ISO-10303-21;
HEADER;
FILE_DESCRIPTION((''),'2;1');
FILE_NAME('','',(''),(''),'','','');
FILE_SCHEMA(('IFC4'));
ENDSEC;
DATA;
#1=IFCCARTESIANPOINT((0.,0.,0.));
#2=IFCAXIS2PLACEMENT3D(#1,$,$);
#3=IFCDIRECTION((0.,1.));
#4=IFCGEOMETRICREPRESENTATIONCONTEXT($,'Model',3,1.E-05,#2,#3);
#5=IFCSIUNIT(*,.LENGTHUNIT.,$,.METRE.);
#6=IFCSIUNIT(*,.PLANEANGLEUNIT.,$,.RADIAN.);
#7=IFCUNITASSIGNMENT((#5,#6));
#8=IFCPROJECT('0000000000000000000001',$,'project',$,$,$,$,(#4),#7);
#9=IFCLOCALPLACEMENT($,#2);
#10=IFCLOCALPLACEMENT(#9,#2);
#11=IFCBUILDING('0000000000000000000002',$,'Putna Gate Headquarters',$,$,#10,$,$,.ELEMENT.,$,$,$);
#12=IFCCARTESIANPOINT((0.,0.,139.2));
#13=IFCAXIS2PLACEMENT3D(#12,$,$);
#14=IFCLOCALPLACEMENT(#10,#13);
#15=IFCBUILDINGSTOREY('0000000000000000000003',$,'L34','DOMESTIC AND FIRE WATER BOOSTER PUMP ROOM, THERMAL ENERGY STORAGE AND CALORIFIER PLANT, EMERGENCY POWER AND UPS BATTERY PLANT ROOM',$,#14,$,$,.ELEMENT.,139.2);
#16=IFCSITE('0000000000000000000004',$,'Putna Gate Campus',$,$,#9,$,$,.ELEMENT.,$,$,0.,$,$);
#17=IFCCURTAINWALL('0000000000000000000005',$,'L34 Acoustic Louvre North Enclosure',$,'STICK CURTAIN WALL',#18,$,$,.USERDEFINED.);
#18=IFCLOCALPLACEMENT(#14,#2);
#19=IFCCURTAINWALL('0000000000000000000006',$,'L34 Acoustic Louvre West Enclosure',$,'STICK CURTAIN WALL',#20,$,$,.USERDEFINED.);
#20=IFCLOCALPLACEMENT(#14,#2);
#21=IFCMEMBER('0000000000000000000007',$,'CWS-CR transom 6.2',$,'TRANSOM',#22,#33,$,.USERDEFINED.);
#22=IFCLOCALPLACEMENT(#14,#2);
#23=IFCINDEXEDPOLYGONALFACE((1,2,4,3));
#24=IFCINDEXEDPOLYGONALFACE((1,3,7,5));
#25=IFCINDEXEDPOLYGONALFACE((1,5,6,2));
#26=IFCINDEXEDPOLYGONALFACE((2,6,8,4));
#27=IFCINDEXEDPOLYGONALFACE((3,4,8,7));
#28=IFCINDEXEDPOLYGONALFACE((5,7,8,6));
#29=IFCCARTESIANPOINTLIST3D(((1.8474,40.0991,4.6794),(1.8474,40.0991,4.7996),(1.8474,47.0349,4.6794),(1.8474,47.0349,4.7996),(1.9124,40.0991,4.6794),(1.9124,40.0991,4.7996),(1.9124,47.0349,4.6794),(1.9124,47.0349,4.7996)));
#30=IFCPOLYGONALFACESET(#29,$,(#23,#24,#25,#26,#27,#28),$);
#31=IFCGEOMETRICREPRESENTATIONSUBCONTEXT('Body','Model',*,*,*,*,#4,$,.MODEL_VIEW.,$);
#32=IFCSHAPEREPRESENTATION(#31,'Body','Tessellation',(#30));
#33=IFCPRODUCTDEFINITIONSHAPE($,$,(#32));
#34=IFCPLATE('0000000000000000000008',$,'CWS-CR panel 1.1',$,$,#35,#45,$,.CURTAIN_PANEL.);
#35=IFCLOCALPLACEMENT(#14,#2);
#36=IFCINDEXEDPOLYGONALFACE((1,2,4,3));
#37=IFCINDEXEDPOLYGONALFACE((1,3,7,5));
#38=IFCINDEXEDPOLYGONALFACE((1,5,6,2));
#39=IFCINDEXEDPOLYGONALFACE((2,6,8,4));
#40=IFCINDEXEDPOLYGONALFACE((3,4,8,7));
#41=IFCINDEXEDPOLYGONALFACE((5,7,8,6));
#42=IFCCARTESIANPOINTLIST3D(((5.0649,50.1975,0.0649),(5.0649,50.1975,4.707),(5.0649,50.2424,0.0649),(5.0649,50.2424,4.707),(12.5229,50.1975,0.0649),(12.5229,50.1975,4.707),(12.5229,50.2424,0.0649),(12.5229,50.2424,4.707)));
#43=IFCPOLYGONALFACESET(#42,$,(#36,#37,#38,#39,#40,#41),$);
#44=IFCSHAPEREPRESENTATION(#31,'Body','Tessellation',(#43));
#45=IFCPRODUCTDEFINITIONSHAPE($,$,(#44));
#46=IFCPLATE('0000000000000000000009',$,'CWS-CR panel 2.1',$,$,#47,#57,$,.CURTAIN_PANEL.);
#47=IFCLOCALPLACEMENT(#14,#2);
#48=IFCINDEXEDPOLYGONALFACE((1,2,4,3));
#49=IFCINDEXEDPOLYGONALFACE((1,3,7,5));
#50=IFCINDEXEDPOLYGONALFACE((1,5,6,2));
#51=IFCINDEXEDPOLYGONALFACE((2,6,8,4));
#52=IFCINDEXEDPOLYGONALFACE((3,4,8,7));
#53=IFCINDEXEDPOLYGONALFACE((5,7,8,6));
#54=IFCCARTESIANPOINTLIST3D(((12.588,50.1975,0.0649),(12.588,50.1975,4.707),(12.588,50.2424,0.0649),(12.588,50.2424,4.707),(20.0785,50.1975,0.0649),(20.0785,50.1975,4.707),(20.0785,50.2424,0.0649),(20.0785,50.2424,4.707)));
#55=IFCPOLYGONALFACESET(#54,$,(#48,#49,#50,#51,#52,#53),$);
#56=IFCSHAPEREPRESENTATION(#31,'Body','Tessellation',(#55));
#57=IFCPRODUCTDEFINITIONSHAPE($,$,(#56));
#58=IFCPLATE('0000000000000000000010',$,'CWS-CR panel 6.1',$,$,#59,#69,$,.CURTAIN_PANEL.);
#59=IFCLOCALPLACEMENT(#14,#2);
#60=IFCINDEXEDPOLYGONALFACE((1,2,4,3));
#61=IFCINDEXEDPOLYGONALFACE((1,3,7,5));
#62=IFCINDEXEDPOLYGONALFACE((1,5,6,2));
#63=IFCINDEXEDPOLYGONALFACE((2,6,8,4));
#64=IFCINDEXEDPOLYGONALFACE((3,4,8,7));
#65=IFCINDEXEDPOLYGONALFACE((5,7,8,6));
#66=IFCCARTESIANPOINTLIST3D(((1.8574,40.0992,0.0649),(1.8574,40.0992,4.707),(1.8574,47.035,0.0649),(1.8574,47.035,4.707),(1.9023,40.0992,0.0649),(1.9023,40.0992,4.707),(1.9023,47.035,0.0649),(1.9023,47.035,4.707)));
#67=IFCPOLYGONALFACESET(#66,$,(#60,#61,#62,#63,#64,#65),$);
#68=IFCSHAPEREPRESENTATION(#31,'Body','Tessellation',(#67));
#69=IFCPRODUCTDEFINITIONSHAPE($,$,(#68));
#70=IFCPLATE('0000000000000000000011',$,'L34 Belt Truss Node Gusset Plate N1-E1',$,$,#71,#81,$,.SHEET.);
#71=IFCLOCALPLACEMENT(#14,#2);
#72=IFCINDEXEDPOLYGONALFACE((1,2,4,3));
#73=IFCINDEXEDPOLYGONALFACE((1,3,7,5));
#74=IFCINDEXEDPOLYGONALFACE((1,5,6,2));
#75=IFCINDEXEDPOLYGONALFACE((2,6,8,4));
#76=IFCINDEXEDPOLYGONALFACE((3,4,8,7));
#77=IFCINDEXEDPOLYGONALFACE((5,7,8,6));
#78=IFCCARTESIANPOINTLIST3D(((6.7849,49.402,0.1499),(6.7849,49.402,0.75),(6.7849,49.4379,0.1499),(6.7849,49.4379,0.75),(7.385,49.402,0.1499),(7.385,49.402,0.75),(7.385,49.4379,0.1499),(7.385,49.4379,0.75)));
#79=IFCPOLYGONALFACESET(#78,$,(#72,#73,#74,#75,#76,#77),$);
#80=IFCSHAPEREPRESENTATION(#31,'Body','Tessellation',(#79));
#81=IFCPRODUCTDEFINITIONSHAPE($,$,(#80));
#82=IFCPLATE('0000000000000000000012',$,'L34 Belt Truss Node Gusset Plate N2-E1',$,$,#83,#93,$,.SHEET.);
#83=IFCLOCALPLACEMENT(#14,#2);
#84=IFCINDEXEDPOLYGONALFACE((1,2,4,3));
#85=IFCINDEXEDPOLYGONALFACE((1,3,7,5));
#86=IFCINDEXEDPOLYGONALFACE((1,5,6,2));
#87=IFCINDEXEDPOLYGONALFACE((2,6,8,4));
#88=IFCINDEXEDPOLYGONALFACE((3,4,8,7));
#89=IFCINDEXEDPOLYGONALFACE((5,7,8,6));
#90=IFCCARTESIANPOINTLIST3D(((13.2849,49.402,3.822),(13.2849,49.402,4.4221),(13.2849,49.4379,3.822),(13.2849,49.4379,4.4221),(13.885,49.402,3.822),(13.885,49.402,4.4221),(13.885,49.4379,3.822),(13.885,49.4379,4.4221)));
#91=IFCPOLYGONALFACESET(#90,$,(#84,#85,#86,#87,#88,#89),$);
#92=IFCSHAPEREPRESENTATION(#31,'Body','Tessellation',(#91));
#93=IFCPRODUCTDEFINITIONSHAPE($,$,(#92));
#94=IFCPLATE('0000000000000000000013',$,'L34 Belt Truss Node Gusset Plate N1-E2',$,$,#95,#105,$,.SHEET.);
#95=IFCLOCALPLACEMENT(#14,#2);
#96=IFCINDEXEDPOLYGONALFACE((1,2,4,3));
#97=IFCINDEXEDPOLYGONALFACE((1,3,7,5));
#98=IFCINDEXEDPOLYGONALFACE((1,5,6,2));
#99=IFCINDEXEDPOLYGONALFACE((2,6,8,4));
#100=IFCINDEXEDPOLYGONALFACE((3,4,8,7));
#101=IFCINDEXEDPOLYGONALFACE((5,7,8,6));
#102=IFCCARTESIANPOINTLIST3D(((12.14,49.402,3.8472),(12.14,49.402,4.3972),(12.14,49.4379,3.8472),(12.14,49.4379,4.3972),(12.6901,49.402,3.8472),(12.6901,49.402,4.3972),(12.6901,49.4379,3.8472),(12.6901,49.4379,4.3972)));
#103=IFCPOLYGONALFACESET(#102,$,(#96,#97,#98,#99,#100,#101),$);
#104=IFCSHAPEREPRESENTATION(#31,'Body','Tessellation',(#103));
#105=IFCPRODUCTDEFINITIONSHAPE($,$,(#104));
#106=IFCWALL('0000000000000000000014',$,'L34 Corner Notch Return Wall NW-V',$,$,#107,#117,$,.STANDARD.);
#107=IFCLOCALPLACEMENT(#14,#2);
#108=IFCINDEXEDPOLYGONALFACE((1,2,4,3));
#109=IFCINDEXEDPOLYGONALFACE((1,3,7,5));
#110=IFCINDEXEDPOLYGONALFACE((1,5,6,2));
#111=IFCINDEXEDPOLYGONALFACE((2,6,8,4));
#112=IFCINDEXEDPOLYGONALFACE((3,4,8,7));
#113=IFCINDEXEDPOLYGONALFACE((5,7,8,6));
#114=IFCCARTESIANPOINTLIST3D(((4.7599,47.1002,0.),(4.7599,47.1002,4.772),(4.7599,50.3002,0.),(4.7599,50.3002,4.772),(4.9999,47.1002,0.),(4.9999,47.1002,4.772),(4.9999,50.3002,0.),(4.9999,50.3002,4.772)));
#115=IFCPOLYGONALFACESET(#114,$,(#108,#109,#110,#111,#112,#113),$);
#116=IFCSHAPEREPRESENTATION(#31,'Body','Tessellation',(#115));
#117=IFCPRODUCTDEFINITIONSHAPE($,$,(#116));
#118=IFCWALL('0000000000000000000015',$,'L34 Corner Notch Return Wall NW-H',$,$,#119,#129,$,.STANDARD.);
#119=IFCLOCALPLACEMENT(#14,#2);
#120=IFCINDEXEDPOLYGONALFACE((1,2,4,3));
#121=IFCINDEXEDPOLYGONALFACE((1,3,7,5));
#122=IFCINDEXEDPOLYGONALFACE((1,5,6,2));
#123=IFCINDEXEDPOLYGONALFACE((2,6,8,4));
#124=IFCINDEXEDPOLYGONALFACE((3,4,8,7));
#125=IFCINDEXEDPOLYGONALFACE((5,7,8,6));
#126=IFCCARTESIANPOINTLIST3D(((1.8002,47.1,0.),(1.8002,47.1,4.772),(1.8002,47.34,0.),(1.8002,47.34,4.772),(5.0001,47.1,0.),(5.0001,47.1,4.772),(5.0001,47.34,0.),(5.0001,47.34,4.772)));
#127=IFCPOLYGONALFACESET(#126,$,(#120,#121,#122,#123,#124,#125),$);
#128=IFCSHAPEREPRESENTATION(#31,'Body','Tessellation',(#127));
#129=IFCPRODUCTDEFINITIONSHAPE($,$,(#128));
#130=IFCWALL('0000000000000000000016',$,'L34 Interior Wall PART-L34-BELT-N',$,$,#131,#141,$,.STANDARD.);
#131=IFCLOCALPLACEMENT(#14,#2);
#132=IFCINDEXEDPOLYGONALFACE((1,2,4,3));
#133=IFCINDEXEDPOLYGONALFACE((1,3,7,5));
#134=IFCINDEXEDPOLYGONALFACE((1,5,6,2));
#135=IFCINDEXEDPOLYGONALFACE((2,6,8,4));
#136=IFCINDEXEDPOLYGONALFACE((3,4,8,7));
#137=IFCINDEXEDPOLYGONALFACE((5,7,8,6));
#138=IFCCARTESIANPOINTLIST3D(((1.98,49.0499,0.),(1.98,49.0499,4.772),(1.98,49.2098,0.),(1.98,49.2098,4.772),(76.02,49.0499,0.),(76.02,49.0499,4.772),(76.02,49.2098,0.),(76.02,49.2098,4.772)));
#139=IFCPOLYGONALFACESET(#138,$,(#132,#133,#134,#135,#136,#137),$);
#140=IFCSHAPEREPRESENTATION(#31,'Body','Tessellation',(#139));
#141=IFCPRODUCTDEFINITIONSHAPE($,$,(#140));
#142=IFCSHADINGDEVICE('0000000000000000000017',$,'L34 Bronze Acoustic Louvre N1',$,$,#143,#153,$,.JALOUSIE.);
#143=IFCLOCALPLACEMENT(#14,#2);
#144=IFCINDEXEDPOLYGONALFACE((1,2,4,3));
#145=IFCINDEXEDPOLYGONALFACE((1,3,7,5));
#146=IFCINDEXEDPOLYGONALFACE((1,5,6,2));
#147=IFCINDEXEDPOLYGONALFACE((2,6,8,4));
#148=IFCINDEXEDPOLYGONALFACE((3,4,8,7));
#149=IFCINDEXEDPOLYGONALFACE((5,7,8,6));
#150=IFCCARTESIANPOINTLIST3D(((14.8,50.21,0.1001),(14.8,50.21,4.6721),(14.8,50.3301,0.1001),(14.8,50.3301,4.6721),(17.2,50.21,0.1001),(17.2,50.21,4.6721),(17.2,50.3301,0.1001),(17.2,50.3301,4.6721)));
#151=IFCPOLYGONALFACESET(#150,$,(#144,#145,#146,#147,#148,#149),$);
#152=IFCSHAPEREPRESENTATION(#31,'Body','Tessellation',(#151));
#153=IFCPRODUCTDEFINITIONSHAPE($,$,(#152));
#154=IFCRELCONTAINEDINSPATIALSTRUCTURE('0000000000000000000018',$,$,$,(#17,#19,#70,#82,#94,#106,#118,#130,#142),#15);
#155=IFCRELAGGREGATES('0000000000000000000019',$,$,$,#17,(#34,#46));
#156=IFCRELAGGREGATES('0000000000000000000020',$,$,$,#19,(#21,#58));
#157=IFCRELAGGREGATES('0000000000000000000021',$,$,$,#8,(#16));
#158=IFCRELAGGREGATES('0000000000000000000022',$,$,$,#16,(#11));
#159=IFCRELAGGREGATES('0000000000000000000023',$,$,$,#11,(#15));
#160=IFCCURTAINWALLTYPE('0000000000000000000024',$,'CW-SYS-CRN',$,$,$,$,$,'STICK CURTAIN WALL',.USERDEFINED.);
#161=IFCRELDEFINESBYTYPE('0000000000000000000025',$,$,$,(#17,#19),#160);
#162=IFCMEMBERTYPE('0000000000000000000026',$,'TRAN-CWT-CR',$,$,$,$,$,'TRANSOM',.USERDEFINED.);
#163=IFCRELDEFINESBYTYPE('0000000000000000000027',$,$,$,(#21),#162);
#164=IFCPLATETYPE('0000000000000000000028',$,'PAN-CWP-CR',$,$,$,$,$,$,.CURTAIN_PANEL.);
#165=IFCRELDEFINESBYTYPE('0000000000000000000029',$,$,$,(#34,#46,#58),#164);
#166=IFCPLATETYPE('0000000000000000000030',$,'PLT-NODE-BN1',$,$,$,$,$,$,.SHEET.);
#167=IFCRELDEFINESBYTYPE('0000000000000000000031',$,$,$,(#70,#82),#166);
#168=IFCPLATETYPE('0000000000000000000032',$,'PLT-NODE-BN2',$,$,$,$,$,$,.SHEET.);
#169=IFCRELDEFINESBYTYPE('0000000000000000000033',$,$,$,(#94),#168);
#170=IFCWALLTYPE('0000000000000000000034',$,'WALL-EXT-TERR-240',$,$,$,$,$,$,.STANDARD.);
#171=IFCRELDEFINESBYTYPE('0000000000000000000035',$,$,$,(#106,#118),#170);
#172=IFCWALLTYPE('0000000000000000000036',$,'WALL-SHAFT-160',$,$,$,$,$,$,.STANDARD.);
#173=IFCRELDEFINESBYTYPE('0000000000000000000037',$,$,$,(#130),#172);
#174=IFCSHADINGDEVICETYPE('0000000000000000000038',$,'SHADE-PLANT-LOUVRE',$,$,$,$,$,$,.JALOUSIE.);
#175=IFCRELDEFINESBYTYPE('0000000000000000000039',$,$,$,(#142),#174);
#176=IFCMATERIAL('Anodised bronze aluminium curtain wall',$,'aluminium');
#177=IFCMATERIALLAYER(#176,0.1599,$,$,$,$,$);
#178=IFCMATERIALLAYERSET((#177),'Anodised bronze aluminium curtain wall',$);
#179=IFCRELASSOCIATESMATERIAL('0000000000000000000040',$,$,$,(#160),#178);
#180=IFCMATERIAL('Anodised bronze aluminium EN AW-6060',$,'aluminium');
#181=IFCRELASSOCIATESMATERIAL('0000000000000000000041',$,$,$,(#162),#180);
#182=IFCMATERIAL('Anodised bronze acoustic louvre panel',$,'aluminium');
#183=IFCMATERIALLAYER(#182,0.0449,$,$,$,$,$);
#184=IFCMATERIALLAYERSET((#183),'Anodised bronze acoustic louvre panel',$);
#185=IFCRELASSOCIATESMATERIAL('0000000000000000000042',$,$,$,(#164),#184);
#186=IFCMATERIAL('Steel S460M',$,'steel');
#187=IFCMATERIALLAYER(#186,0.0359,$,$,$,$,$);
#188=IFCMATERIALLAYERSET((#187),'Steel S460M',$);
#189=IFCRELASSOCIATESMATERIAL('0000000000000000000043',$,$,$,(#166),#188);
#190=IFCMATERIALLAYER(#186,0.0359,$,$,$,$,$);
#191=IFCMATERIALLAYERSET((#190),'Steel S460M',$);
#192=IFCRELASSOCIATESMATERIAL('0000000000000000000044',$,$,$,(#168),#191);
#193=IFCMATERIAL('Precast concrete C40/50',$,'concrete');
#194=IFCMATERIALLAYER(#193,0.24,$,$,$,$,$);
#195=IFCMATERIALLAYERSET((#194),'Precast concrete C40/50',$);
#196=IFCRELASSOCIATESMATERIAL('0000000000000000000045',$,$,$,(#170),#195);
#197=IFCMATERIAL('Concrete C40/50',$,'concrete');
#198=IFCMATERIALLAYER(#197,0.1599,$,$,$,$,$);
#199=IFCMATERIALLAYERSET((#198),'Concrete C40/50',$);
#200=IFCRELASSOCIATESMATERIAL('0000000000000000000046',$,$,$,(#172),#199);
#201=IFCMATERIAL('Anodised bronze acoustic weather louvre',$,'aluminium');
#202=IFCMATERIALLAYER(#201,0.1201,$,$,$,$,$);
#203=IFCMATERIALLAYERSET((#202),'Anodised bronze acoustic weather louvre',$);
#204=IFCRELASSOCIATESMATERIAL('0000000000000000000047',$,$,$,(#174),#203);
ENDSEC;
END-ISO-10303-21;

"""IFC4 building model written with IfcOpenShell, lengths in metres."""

from ifc_helpers import new_model, si_unit, direction, frame, frame_2d, origin, origin_2d, place, context, subcontext, project, spatial, rectangle, extrude, material, layer, layer_set, material_profile, profile_set, type_object, element, aggregate, save


model = new_model("IFC4")

# Units and contexts
model_context = context("Model", 3, precision=1e-05, world=origin(), true_north=direction((0.0, 1.0)))
body_context = subcontext(model_context, "Body", "Model", "MODEL_VIEW")
ifc_project = project(units=[si_unit("LENGTHUNIT", "METRE"), si_unit("PLANEANGLEUNIT", "RADIAN")], contexts=[model_context])

# Site, building, storey
site_placement = place(None, origin())
site = spatial("IfcSite", under=ifc_project, at=site_placement, Name="Putna Gate Campus", CompositionType="ELEMENT", RefElevation=0.0)
building_placement = place(site_placement, origin())
building = spatial("IfcBuilding", under=site, at=building_placement, Name="Putna Gate Headquarters", CompositionType="ELEMENT")
storey_placement = place(building_placement, frame((0.0, 0.0, 139.2)))
storey = spatial("IfcBuildingStorey", under=building, at=storey_placement, Name="L34", Description="DOMESTIC AND FIRE WATER BOOSTER PUMP ROOM, THERMAL ENERGY STORAGE AND CALORIFIER PLANT, EMERGENCY POWER AND UPS BATTERY PLANT ROOM", CompositionType="ELEMENT", Elevation=139.2)

# Shared definitions
ifc_material_1 = material(Name="Steel S460M", Category="steel")

# Curtain walls
ifc_material_2 = material(Name="Anodised bronze aluminium curtain wall", Category="aluminium")
ifc_layer_1 = layer(ifc_material_2, 0.1599)
ifc_layer_set_1 = layer_set([ifc_layer_1], Name="Anodised bronze aluminium curtain wall")
curtain_wall_type = type_object("IfcCurtainWallType", Name="CW-SYS-CRN", ElementType="STICK CURTAIN WALL", PredefinedType="USERDEFINED", material=ifc_layer_set_1)
curtain_wall_1_placement = place(storey_placement, origin())
curtain_wall_1 = element("IfcCurtainWall", 1, at=curtain_wall_1_placement, inside=storey, type_object=curtain_wall_type, Name="L34 Acoustic Louvre North Enclosure", ObjectType="STICK CURTAIN WALL", PredefinedType="USERDEFINED")
ifc_material_3 = material(Name="Anodised bronze aluminium EN AW-6060", Category="aluminium")
curtain_wall_2_placement = place(storey_placement, origin())
curtain_wall_2 = element("IfcCurtainWall", 2, at=curtain_wall_2_placement, inside=storey, type_object=curtain_wall_type, Name="L34 Acoustic Louvre West Enclosure", ObjectType="STICK CURTAIN WALL", PredefinedType="USERDEFINED")

# Member
ifc_material_profile_1 = material_profile(ifc_material_3, rectangle(XDim=0.0649, YDim=0.1201, at=origin_2d()), Name="Anodised bronze aluminium EN AW-6060")
ifc_profile_set_1 = profile_set([ifc_material_profile_1], Name="Anodised bronze aluminium EN AW-6060")
member_type_1 = type_object("IfcMemberType", Name="TRAN-CWT-CR", ElementType="TRANSOM", PredefinedType="USERDEFINED", material=ifc_profile_set_1)
member_1_placement = place(storey_placement, frame((1.8799, 40.0991, 4.7395), z_axis=(0.0, 1.0, 0.0), x_axis=(-1.0, 0.0, 0.0)))
member_1 = element("IfcMember", 3, at=member_1_placement, type_object=member_type_1, Name="CWS-CR transom 6.2", ObjectType="TRANSOM", PredefinedType="USERDEFINED", context=body_context, shape_type="SweptSolid", body=[
    extrude(rectangle(XDim=0.0649, YDim=0.1201, at=origin_2d()), origin(), (0.0, 0.0, 1.0), 6.9358),
])

# Plates
ifc_material_4 = material(Name="Anodised bronze acoustic louvre panel", Category="aluminium")
ifc_layer_2 = layer(ifc_material_4, 0.0449)
ifc_layer_set_2 = layer_set([ifc_layer_2], Name="Anodised bronze acoustic louvre panel")
plate_type_1 = type_object("IfcPlateType", Name="PAN-CWP-CR", PredefinedType="CURTAIN_PANEL", material=ifc_layer_set_2)
plate_1_placement = place(storey_placement, frame((8.7939, 50.22, 0.0649), z_axis=(0.0, 0.0, 1.0), x_axis=(1.0, 0.0, 0.0)))
plate_1 = element("IfcPlate", 4, at=plate_1_placement, type_object=plate_type_1, Name="CWS-CR panel 1.1", PredefinedType="CURTAIN_PANEL", context=body_context, shape_type="SweptSolid", body=[
    extrude(rectangle(XDim=7.458, YDim=0.0449, at=origin_2d()), origin(), (0.0, 0.0, 1.0), 4.6421),
])
plate_2_placement = place(storey_placement, frame((16.3333, 50.22, 0.0649), z_axis=(0.0, 0.0, 1.0), x_axis=(1.0, 0.0, 0.0)))
plate_2 = element("IfcPlate", 5, at=plate_2_placement, type_object=plate_type_1, Name="CWS-CR panel 2.1", PredefinedType="CURTAIN_PANEL", context=body_context, shape_type="SweptSolid", body=[
    extrude(rectangle(XDim=7.4905, YDim=0.0449, at=origin_2d()), origin(), (0.0, 0.0, 1.0), 4.6421),
])
aggregate(curtain_wall_1, [plate_1, plate_2])
plate_3_placement = place(storey_placement, frame((1.8799, 43.5671, 0.0649), z_axis=(0.0, 0.0, 1.0), x_axis=(0.0, 1.0, 0.0)))
plate_3 = element("IfcPlate", 6, at=plate_3_placement, type_object=plate_type_1, Name="CWS-CR panel 6.1", PredefinedType="CURTAIN_PANEL", context=body_context, shape_type="SweptSolid", body=[
    extrude(rectangle(XDim=6.9358, YDim=0.0449, at=origin_2d()), origin(), (0.0, 0.0, 1.0), 4.6421),
])
aggregate(curtain_wall_2, [member_1, plate_3])

# Plates
ifc_layer_3 = layer(ifc_material_1, 0.0359)
ifc_layer_set_3 = layer_set([ifc_layer_3], Name="Steel S460M")
plate_type_2 = type_object("IfcPlateType", Name="PLT-NODE-BN1", PredefinedType="SHEET", material=ifc_layer_set_3)
for number, where, z_axis, x_axis, name in (
    (7, (7.085, 49.4199, 0.1499), (0.0, 0.0, 1.0), (1.0, 0.0, 0.0), "L34 Belt Truss Node Gusset Plate N1-E1"),
    (8, (13.585, 49.4199, 3.822), (0.0, 0.0, 1.0), (1.0, 0.0, 0.0), "L34 Belt Truss Node Gusset Plate N2-E1"),
):
    element("IfcPlate", number, at=place(storey_placement, frame(where, z_axis=z_axis, x_axis=x_axis)), inside=storey, type_object=plate_type_2, Name=name, PredefinedType="SHEET", context=body_context, shape_type="SweptSolid", body=[
        extrude(rectangle(XDim=0.6001, YDim=0.0359, at=origin_2d()), origin(), (0.0, 0.0, 1.0), 0.6001),
    ])
ifc_layer_4 = layer(ifc_material_1, 0.0359)
ifc_layer_set_4 = layer_set([ifc_layer_4], Name="Steel S460M")
plate_type_3 = type_object("IfcPlateType", Name="PLT-NODE-BN2", PredefinedType="SHEET", material=ifc_layer_set_4)
plate_4_placement = place(storey_placement, frame((12.415, 49.4199, 3.8472), z_axis=(0.0, 0.0, 1.0), x_axis=(1.0, 0.0, 0.0)))
element("IfcPlate", 9, at=plate_4_placement, inside=storey, type_object=plate_type_3, Name="L34 Belt Truss Node Gusset Plate N1-E2", PredefinedType="SHEET", context=body_context, shape_type="SweptSolid", body=[
    extrude(rectangle(XDim=0.55, YDim=0.0359, at=origin_2d()), origin(), (0.0, 0.0, 1.0), 0.55),
])

# Walls
ifc_material_5 = material(Name="Precast concrete C40/50", Category="concrete")
ifc_layer_5 = layer(ifc_material_5, 0.24)
ifc_layer_set_5 = layer_set([ifc_layer_5], Name="Precast concrete C40/50")
wall_type_1 = type_object("IfcWallType", Name="WALL-EXT-TERR-240", PredefinedType="STANDARD", material=ifc_layer_set_5)
for number, where, z_axis, x_axis, name in (
    (10, (4.8799, 47.1001, 0.0), (0.0, 0.0, 1.0), (0.0, 1.0, 0.0), "L34 Corner Notch Return Wall NW-V"),
    (11, (1.8, 47.22, 0.0), (0.0, 0.0, 1.0), (1.0, 0.0, 0.0), "L34 Corner Notch Return Wall NW-H"),
):
    element("IfcWall", number, at=place(storey_placement, frame(where, z_axis=z_axis, x_axis=x_axis)), inside=storey, type_object=wall_type_1, Name=name, PredefinedType="STANDARD", context=body_context, shape_type="SweptSolid", body=[
        extrude(rectangle(XDim=3.2, YDim=0.24, at=frame_2d((1.6001, 0.0))), origin(), (0.0, 0.0, 1.0), 4.772),
    ])
ifc_material_6 = material(Name="Concrete C40/50", Category="concrete")
ifc_layer_6 = layer(ifc_material_6, 0.1599)
ifc_layer_set_6 = layer_set([ifc_layer_6], Name="Concrete C40/50")
wall_type_2 = type_object("IfcWallType", Name="WALL-SHAFT-160", PredefinedType="STANDARD", material=ifc_layer_set_6)
wall_placement = place(storey_placement, frame((1.98, 49.1299, 0.0), z_axis=(0.0, 0.0, 1.0), x_axis=(1.0, 0.0, 0.0)))
element("IfcWall", 12, at=wall_placement, inside=storey, type_object=wall_type_2, Name="L34 Interior Wall PART-L34-BELT-N", PredefinedType="STANDARD", context=body_context, shape_type="SweptSolid", body=[
    extrude(rectangle(XDim=74.04, YDim=0.1599, at=frame_2d((37.02, 0.0))), origin(), (0.0, 0.0, 1.0), 4.772),
])

# Shading device
ifc_material_7 = material(Name="Anodised bronze acoustic weather louvre", Category="aluminium")
ifc_layer_7 = layer(ifc_material_7, 0.1201)
ifc_layer_set_7 = layer_set([ifc_layer_7], Name="Anodised bronze acoustic weather louvre")
shading_device_type = type_object("IfcShadingDeviceType", Name="SHADE-PLANT-LOUVRE", PredefinedType="JALOUSIE", material=ifc_layer_set_7)
shading_device_placement = place(storey_placement, frame((16.0, 50.27, 0.1001), z_axis=(0.0, 0.0, 1.0), x_axis=(1.0, 0.0, 0.0)))
element("IfcShadingDevice", 13, at=shading_device_placement, inside=storey, type_object=shading_device_type, Name="L34 Bronze Acoustic Louvre N1", PredefinedType="JALOUSIE", context=body_context, shape_type="SweptSolid", body=[
    extrude(rectangle(XDim=2.3999, YDim=0.1201, at=origin_2d()), origin(), (0.0, 0.0, 1.0), 4.572),
])

save(model, "model.ifc")
